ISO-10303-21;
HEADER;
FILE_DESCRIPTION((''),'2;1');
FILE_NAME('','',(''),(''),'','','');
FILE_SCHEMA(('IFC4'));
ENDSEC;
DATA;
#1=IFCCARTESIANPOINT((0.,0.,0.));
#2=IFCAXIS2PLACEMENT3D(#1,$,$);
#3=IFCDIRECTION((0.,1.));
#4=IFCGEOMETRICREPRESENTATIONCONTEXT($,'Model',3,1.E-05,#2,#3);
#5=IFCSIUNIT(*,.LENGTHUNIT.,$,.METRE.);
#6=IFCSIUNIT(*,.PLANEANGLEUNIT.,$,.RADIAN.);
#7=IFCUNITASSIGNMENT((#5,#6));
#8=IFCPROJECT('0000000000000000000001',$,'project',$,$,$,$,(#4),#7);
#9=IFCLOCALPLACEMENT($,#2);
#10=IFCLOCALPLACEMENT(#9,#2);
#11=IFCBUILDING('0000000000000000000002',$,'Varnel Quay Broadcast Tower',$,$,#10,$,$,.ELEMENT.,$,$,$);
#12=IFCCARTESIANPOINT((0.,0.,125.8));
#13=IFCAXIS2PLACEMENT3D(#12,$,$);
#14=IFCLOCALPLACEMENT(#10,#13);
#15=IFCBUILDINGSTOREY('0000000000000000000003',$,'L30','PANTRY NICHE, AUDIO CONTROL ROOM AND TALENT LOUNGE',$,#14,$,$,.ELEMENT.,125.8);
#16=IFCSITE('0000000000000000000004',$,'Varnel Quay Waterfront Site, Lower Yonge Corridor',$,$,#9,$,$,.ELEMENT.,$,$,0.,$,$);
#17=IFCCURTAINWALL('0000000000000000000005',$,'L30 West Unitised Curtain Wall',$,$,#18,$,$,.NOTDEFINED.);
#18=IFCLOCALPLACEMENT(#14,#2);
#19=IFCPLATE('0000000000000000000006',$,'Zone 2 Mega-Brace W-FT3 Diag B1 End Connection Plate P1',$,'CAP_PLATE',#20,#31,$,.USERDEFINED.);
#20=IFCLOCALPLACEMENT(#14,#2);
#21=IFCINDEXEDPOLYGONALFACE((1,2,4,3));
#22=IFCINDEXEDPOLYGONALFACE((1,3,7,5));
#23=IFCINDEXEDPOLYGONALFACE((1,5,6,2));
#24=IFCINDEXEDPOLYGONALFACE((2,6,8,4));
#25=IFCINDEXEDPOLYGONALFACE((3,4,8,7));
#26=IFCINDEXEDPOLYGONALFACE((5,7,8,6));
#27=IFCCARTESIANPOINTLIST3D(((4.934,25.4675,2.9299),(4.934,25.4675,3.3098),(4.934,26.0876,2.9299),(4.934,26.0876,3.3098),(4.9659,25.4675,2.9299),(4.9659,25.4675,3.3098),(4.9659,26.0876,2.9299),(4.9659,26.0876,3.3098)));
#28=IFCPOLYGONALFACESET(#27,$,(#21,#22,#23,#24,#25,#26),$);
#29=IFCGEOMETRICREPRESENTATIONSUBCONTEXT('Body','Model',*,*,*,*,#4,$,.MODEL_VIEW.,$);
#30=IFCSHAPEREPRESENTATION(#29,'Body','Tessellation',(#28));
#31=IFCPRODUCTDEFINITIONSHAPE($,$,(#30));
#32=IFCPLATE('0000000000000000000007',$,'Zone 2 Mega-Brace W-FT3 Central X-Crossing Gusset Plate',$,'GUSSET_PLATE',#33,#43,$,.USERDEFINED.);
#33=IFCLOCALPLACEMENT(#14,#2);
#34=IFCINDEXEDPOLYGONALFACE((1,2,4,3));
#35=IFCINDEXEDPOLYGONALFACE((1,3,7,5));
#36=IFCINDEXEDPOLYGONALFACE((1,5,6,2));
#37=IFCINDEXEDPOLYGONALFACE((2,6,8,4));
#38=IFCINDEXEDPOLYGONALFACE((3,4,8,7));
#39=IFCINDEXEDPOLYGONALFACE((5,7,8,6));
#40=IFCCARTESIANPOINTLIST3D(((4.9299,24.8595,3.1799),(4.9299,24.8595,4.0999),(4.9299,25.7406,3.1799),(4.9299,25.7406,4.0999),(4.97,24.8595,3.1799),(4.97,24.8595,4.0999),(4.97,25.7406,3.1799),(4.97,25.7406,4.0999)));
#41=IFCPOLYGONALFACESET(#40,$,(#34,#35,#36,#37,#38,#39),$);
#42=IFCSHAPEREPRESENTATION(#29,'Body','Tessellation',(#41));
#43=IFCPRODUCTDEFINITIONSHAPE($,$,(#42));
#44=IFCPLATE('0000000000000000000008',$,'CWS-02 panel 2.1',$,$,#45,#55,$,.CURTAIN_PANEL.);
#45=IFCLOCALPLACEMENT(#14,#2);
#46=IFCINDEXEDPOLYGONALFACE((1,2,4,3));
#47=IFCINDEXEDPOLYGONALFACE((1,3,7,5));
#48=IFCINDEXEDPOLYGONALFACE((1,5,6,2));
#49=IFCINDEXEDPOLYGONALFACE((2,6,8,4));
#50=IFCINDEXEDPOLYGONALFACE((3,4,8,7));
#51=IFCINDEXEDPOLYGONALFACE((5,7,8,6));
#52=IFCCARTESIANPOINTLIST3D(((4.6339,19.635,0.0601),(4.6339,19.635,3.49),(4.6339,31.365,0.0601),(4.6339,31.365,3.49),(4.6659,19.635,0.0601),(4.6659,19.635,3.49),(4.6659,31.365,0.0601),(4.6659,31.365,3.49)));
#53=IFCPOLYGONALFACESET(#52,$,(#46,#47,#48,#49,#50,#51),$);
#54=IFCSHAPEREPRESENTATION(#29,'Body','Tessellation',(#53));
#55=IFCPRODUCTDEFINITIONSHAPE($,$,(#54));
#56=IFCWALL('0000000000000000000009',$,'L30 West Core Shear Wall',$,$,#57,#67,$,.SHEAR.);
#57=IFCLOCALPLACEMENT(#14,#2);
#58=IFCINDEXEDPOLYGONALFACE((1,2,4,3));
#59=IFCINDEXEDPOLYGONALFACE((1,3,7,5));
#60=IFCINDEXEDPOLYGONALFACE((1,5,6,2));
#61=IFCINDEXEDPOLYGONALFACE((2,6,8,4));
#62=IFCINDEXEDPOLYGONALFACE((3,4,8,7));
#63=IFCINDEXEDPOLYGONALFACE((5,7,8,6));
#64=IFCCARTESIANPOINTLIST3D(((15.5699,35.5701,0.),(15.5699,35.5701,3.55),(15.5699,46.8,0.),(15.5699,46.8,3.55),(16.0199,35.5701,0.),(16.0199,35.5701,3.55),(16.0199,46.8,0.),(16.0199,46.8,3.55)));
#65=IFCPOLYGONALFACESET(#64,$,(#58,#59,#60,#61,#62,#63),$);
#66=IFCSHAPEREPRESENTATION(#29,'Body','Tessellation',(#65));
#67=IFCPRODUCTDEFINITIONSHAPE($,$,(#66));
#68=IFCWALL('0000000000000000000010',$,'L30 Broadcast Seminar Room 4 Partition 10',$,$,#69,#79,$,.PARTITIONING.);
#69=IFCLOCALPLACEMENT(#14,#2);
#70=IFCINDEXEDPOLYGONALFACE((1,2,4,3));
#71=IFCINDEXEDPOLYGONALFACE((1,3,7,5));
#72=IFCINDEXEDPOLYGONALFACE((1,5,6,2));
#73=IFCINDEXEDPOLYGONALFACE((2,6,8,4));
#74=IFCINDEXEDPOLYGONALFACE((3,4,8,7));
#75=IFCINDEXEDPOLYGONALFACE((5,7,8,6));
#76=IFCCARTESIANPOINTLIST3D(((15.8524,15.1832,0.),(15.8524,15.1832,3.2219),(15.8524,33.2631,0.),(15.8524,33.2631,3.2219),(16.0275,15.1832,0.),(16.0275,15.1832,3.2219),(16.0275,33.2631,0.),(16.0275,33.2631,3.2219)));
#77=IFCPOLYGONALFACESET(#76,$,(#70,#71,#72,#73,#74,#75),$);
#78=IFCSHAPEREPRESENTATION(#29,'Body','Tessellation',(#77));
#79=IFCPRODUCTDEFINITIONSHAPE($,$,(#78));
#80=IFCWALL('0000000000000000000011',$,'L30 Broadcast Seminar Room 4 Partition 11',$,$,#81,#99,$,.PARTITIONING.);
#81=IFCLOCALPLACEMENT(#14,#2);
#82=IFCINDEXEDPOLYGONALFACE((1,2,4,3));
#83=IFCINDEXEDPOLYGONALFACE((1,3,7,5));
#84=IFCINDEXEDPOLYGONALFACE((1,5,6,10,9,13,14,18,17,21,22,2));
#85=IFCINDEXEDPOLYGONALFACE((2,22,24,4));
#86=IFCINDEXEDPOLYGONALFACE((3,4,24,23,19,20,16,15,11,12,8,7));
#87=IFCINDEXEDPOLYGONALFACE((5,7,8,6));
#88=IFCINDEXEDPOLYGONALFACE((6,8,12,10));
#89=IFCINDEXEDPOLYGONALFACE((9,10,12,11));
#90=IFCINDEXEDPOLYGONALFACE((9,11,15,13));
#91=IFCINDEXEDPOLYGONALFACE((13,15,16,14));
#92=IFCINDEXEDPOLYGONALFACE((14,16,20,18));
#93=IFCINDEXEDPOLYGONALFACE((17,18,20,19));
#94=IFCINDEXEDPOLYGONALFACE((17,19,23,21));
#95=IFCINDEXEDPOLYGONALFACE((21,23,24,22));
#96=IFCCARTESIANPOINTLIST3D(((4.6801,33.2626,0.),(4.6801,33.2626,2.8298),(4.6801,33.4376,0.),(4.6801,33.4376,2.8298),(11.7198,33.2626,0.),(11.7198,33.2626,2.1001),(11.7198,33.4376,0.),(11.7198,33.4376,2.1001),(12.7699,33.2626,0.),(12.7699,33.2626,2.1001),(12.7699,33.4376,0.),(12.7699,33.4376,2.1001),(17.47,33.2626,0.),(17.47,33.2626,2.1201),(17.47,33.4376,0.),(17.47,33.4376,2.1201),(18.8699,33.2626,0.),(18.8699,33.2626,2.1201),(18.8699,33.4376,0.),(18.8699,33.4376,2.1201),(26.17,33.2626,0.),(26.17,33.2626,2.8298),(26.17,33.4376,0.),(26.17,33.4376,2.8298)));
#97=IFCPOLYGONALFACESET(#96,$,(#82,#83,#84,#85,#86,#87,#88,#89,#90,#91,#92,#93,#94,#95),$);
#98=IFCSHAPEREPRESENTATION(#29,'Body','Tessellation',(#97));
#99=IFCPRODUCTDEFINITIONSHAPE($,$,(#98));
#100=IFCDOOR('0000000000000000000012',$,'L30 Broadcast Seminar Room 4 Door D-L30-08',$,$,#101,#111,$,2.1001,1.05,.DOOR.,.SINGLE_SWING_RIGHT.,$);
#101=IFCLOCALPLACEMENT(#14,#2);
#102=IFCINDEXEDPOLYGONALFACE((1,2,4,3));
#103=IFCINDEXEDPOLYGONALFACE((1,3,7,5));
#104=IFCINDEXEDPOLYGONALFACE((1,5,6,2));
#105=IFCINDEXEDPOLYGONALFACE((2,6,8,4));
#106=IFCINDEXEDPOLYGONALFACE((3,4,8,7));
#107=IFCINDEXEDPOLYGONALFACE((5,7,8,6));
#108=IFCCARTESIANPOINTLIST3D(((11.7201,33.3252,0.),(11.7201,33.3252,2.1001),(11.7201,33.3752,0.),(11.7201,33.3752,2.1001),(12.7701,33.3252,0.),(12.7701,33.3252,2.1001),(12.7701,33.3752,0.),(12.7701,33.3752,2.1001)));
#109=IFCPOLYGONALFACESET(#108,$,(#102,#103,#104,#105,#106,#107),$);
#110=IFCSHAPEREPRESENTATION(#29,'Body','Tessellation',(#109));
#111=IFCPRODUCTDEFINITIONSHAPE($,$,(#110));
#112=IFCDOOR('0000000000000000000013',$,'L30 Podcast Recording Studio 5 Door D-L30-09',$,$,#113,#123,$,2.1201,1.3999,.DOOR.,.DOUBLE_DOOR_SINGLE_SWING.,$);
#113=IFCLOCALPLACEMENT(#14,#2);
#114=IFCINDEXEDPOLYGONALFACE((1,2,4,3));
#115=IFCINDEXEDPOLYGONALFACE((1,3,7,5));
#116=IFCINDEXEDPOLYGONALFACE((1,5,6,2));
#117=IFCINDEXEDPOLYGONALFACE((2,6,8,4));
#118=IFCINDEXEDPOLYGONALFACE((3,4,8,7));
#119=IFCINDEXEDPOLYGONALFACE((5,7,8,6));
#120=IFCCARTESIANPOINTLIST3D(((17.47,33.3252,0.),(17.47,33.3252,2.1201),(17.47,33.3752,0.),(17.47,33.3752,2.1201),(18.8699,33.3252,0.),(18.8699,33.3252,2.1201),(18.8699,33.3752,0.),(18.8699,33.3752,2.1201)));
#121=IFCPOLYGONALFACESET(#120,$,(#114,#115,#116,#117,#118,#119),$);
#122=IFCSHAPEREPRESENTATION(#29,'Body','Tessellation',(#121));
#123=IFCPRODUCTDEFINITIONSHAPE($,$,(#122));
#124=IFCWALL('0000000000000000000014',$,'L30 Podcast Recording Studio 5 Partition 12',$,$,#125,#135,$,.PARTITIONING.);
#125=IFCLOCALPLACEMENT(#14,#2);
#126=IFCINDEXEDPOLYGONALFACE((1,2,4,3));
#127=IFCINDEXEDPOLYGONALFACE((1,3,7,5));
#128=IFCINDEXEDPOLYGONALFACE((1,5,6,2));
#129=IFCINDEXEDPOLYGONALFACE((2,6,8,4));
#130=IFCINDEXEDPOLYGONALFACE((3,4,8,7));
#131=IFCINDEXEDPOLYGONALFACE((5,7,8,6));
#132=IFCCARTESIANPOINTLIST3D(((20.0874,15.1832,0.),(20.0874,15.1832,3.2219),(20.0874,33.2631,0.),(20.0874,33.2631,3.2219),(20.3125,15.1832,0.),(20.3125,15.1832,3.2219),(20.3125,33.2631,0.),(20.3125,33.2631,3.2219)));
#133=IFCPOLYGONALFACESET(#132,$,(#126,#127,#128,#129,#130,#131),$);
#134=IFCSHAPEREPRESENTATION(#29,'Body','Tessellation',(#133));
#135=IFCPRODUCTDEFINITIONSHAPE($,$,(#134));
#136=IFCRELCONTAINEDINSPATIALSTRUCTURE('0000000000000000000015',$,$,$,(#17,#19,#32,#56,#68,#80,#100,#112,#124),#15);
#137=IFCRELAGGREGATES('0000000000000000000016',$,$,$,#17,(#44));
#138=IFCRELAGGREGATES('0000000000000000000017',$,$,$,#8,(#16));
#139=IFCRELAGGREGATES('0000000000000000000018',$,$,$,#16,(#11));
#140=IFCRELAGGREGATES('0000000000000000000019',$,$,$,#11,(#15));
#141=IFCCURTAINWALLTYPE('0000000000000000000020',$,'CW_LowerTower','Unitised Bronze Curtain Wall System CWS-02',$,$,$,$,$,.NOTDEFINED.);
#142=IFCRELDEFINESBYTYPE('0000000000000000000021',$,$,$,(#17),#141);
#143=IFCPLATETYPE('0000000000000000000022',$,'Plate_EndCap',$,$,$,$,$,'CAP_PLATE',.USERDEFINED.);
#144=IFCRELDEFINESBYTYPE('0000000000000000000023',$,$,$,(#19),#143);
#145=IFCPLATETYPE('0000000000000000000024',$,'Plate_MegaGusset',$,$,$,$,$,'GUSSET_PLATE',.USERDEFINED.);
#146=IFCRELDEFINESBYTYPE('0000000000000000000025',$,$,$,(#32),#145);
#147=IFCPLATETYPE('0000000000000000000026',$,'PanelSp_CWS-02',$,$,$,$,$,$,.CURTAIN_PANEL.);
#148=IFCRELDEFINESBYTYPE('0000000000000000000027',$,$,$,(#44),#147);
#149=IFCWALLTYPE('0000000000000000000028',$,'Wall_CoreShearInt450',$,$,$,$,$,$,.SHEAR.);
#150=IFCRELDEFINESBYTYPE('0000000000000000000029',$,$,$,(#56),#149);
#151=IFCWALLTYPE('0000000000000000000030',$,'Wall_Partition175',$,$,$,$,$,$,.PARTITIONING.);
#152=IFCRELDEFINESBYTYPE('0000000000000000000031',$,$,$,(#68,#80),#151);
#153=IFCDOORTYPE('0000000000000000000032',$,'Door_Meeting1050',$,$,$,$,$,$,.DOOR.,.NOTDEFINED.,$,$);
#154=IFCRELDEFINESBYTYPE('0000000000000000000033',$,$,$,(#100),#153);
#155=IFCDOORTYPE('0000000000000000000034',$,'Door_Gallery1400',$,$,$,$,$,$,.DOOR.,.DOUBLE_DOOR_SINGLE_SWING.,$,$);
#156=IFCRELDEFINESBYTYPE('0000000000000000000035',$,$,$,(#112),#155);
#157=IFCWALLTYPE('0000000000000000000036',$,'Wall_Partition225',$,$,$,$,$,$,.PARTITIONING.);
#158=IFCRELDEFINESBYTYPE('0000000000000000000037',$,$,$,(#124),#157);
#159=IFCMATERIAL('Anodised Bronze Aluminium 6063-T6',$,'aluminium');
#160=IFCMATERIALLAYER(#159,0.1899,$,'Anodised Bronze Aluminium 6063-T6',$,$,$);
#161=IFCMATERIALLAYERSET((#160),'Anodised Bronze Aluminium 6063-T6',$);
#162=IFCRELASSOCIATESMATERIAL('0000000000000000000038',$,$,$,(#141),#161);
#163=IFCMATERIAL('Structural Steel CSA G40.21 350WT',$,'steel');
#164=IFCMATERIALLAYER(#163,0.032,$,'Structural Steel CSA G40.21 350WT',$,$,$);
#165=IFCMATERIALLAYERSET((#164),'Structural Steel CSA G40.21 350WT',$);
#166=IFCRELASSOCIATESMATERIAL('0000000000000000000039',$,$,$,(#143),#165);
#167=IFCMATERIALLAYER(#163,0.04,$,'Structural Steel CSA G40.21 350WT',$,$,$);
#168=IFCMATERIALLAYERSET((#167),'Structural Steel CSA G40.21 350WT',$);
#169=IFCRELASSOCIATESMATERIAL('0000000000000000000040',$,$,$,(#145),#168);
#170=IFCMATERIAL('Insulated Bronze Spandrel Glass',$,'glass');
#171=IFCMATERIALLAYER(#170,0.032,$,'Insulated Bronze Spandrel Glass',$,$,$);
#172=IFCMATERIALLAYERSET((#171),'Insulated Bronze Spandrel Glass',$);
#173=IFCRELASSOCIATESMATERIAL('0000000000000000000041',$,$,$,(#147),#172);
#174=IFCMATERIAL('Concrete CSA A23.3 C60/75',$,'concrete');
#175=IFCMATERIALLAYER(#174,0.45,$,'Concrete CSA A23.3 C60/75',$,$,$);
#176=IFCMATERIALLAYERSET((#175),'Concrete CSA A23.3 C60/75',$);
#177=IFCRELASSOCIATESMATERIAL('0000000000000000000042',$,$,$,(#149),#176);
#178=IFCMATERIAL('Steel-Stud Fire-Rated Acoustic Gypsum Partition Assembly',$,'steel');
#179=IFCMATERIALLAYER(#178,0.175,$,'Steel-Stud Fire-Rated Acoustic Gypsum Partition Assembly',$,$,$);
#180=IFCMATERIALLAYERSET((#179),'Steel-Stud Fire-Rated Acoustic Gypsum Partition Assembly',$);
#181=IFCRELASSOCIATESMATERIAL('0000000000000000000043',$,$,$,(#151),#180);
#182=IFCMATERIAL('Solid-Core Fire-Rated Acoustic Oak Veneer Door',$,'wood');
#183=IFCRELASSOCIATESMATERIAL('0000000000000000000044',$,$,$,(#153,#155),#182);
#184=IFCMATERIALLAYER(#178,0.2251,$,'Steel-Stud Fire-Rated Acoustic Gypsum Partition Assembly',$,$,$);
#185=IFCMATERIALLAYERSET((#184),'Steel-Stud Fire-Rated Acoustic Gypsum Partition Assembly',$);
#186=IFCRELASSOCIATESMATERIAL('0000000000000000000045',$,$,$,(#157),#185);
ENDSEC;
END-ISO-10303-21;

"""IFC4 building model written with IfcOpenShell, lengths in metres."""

from ifc_helpers import new_model, si_unit, direction, frame, frame_2d, origin, origin_2d, place, context, subcontext, project, spatial, rectangle, extrude, source, transform, mapped, material, layer, layer_set, type_object, type_shapes, element, fill, aggregate, save


model = new_model("IFC4")

# Units and contexts
model_context = context("Model", 3, precision=1e-05, world=origin(), true_north=direction((0.0, 1.0)))
body_context = subcontext(model_context, "Body", "Model", "MODEL_VIEW")
ifc_project = project(units=[si_unit("LENGTHUNIT", "METRE"), si_unit("PLANEANGLEUNIT", "RADIAN")], contexts=[model_context])

# Site, building, storey
site_placement = place(None, origin())
site = spatial("IfcSite", under=ifc_project, at=site_placement, Name="Varnel Quay Waterfront Site, Lower Yonge Corridor", CompositionType="ELEMENT", RefElevation=0.0)
building_placement = place(site_placement, origin())
building = spatial("IfcBuilding", under=site, at=building_placement, Name="Varnel Quay Broadcast Tower", CompositionType="ELEMENT")
storey_placement = place(building_placement, frame((0.0, 0.0, 125.8)))
storey = spatial("IfcBuildingStorey", under=building, at=storey_placement, Name="L30", Description="PANTRY NICHE, AUDIO CONTROL ROOM AND TALENT LOUNGE", CompositionType="ELEMENT", Elevation=125.8)

# Shared definitions
ifc_material_1 = material(Name="Structural Steel CSA G40.21 350WT", Category="steel")

# Shared definitions
ifc_material_2 = material(Name="Concrete CSA A23.3 C60/75", Category="concrete")

# Curtain wall
ifc_material_3 = material(Name="Anodised Bronze Aluminium 6063-T6", Category="aluminium")
ifc_layer_1 = layer(ifc_material_3, 0.1899, Name="Anodised Bronze Aluminium 6063-T6")
ifc_layer_set_1 = layer_set([ifc_layer_1], Name="Anodised Bronze Aluminium 6063-T6")
curtain_wall_type = type_object("IfcCurtainWallType", Name="CW_LowerTower", Description="Unitised Bronze Curtain Wall System CWS-02", PredefinedType="NOTDEFINED", material=ifc_layer_set_1)
curtain_wall_placement = place(storey_placement, origin())
curtain_wall = element("IfcCurtainWall", 1, at=curtain_wall_placement, inside=storey, type_object=curtain_wall_type, Name="L30 West Unitised Curtain Wall", PredefinedType="NOTDEFINED")

# Plates
ifc_layer_2 = layer(ifc_material_1, 0.032, Name="Structural Steel CSA G40.21 350WT")
ifc_layer_set_2 = layer_set([ifc_layer_2], Name="Structural Steel CSA G40.21 350WT")
plate_type_1 = type_object("IfcPlateType", Name="Plate_EndCap", ElementType="CAP_PLATE", PredefinedType="USERDEFINED", material=ifc_layer_set_2)
shared_shape_1 = source(origin(), body_context, "Body", "SweptSolid", [
    extrude(rectangle(XDim=0.6201, YDim=0.032, at=origin_2d()), origin(), (0.0, 0.0, 1.0), 0.3799),
])
type_shapes(plate_type_1, [shared_shape_1])
plate_1_placement = place(storey_placement, frame((4.95, 25.7776, 2.9299), z_axis=(0.0, 0.0, 1.0), x_axis=(0.0, 1.0, 0.0)))
element("IfcPlate", 2, at=plate_1_placement, inside=storey, type_object=plate_type_1, Name="Zone 2 Mega-Brace W-FT3 Diag B1 End Connection Plate P1", ObjectType="CAP_PLATE", PredefinedType="USERDEFINED", context=body_context, shape_type="MappedRepresentation", body=[
    mapped(shared_shape_1, transform((0.0, 0.0, 0.0), x_axis=(1.0, 0.0, 0.0), y_axis=(0.0, 1.0, 0.0), z_axis=(0.0, 0.0, 1.0), scale=1.0)),
])
ifc_layer_3 = layer(ifc_material_1, 0.04, Name="Structural Steel CSA G40.21 350WT")
ifc_layer_set_3 = layer_set([ifc_layer_3], Name="Structural Steel CSA G40.21 350WT")
plate_type_2 = type_object("IfcPlateType", Name="Plate_MegaGusset", ElementType="GUSSET_PLATE", PredefinedType="USERDEFINED", material=ifc_layer_set_3)
shared_shape_2 = source(origin(), body_context, "Body", "SweptSolid", [
    extrude(rectangle(XDim=0.8811, YDim=0.04, at=origin_2d()), origin(), (0.0, 0.0, 1.0), 0.9199),
])
type_shapes(plate_type_2, [shared_shape_2])
plate_2_placement = place(storey_placement, frame((4.95, 25.3, 3.1799), z_axis=(0.0, 0.0, 1.0), x_axis=(0.0, 1.0, 0.0)))
element("IfcPlate", 3, at=plate_2_placement, inside=storey, type_object=plate_type_2, Name="Zone 2 Mega-Brace W-FT3 Central X-Crossing Gusset Plate", ObjectType="GUSSET_PLATE", PredefinedType="USERDEFINED", context=body_context, shape_type="MappedRepresentation", body=[
    mapped(shared_shape_2, transform((0.0, 0.0, 0.0), x_axis=(1.0, 0.0, 0.0), y_axis=(0.0, 1.0, 0.0), z_axis=(0.0, 0.0, 1.0), scale=1.0)),
])

# Plate
ifc_material_4 = material(Name="Insulated Bronze Spandrel Glass", Category="glass")
ifc_layer_4 = layer(ifc_material_4, 0.032, Name="Insulated Bronze Spandrel Glass")
ifc_layer_set_4 = layer_set([ifc_layer_4], Name="Insulated Bronze Spandrel Glass")
plate_type_3 = type_object("IfcPlateType", Name="PanelSp_CWS-02", PredefinedType="CURTAIN_PANEL", material=ifc_layer_set_4)
shared_shape_3 = source(origin(), body_context, "Body", "SweptSolid", [
    extrude(rectangle(XDim=11.73, YDim=0.032, at=origin_2d()), origin(), (0.0, 0.0, 1.0), 3.4299),
])
type_shapes(plate_type_3, [shared_shape_3])
plate_3_placement = place(storey_placement, frame((4.6499, 25.5, 0.0601), z_axis=(0.0, 0.0, 1.0), x_axis=(0.0, 1.0, 0.0)))
plate_3 = element("IfcPlate", 4, at=plate_3_placement, type_object=plate_type_3, Name="CWS-02 panel 2.1", PredefinedType="CURTAIN_PANEL", context=body_context, shape_type="MappedRepresentation", body=[
    mapped(shared_shape_3, transform((0.0, 0.0, 0.0), x_axis=(1.0, 0.0, 0.0), y_axis=(0.0, 1.0, 0.0), z_axis=(0.0, 0.0, 1.0), scale=1.0)),
])
aggregate(curtain_wall, [plate_3])

# Walls
ifc_layer_5 = layer(ifc_material_2, 0.45, Name="Concrete CSA A23.3 C60/75")
ifc_layer_set_5 = layer_set([ifc_layer_5], Name="Concrete CSA A23.3 C60/75")
wall_type_1 = type_object("IfcWallType", Name="Wall_CoreShearInt450", PredefinedType="SHEAR", material=ifc_layer_set_5)
wall_1_placement = place(storey_placement, frame((15.7949, 35.5701, 0.0), z_axis=(0.0, 0.0, 1.0), x_axis=(0.0, 1.0, 0.0)))
element("IfcWall", 5, at=wall_1_placement, inside=storey, type_object=wall_type_1, Name="L30 West Core Shear Wall", PredefinedType="SHEAR", context=body_context, shape_type="SweptSolid", body=[
    extrude(rectangle(XDim=11.23, YDim=0.45, at=frame_2d((5.615, 0.0))), origin(), (0.0, 0.0, 1.0), 3.55),
])
ifc_material_5 = material(Name="Steel-Stud Fire-Rated Acoustic Gypsum Partition Assembly", Category="steel")
ifc_layer_6 = layer(ifc_material_5, 0.175, Name="Steel-Stud Fire-Rated Acoustic Gypsum Partition Assembly")
ifc_layer_set_6 = layer_set([ifc_layer_6], Name="Steel-Stud Fire-Rated Acoustic Gypsum Partition Assembly")
wall_type_2 = type_object("IfcWallType", Name="Wall_Partition175", PredefinedType="PARTITIONING", material=ifc_layer_set_6)
wall_2_placement = place(storey_placement, frame((15.9399, 15.1831, 0.0), z_axis=(0.0, 0.0, 1.0), x_axis=(0.0, 1.0, 0.0)))
element("IfcWall", 6, at=wall_2_placement, inside=storey, type_object=wall_type_2, Name="L30 Broadcast Seminar Room 4 Partition 10", PredefinedType="PARTITIONING", context=body_context, shape_type="SweptSolid", body=[
    extrude(rectangle(XDim=18.0798, YDim=0.175, at=frame_2d((9.04, 0.0))), origin(), (0.0, 0.0, 1.0), 3.2219),
])

# Wall, openings, doors
wall_3_placement = place(storey_placement, frame((4.6799, 33.3501, 0.0), z_axis=(0.0, 0.0, 1.0), x_axis=(1.0, 0.0, 0.0)))
wall_3 = element("IfcWall", 7, at=wall_3_placement, inside=storey, type_object=wall_type_2, Name="L30 Broadcast Seminar Room 4 Partition 11", PredefinedType="PARTITIONING", context=body_context, shape_type="SweptSolid", body=[
    extrude(rectangle(XDim=21.49, YDim=0.175, at=frame_2d((10.7451, 0.0))), origin(), (0.0, 0.0, 1.0), 2.8298),
])
opening_1_placement = place(wall_3_placement, frame((7.04, 0.0, 0.0)))
opening_1 = element("IfcOpeningElement", 8, at=opening_1_placement, cuts=wall_3, PredefinedType="OPENING", context=body_context, shape_type="SweptSolid", body=[
    extrude(rectangle(XDim=1.05, YDim=2.1001, at=frame_2d((0.5249, 1.05))), frame((0.0, 0.0977, 0.0), z_axis=(0.0, -1.0, 0.0), x_axis=(1.0, 0.0, 0.0)), (0.0, 0.0, 1.0), 0.1951),
])
opening_2_placement = place(wall_3_placement, frame((12.79, 0.0, 0.0)))
opening_2 = element("IfcOpeningElement", 9, at=opening_2_placement, cuts=wall_3, PredefinedType="OPENING", context=body_context, shape_type="SweptSolid", body=[
    extrude(rectangle(XDim=1.3999, YDim=2.1201, at=frame_2d((0.7, 1.0601))), frame((0.0, 0.0977, 0.0), z_axis=(0.0, -1.0, 0.0), x_axis=(1.0, 0.0, 0.0)), (0.0, 0.0, 1.0), 0.1951),
])
ifc_material_6 = material(Name="Solid-Core Fire-Rated Acoustic Oak Veneer Door", Category="wood")
door_type_1 = type_object("IfcDoorType", Name="Door_Meeting1050", OperationType="NOTDEFINED", PredefinedType="DOOR", material=ifc_material_6)
shared_shape_4 = source(origin(), body_context, "Body", "SweptSolid", [
    extrude(rectangle(XDim=1.05, YDim=2.1001, at=frame_2d((0.5249, 1.05))), frame((0.0, 0.0249, 0.0), z_axis=(0.0, -1.0, 0.0), x_axis=(1.0, 0.0, 0.0)), (0.0, 0.0, 1.0), 0.05),
])
type_shapes(door_type_1, [shared_shape_4])
door_1_placement = place(opening_1_placement, frame((1.05, 0.0, 0.0), z_axis=(0.0, 0.0, 1.0), x_axis=(-1.0, 0.0, 0.0)))
door_1 = element("IfcDoor", 10, at=door_1_placement, inside=storey, type_object=door_type_1, Name="L30 Broadcast Seminar Room 4 Door D-L30-08", OperationType="SINGLE_SWING_RIGHT", OverallHeight=2.1001, OverallWidth=1.05, PredefinedType="DOOR", context=body_context, shape_type="MappedRepresentation", body=[
    mapped(shared_shape_4, transform((0.0, 0.0, 0.0), x_axis=(1.0, 0.0, 0.0), y_axis=(0.0, 1.0, 0.0), z_axis=(0.0, 0.0, 1.0), scale=1.0)),
])
fill(opening_1, door_1)
door_type_2 = type_object("IfcDoorType", Name="Door_Gallery1400", OperationType="DOUBLE_DOOR_SINGLE_SWING", PredefinedType="DOOR", material=ifc_material_6)
shared_shape_5 = source(origin(), body_context, "Body", "SweptSolid", [
    extrude(rectangle(XDim=1.3999, YDim=2.1201, at=frame_2d((0.7, 1.0601))), frame((0.0, 0.0249, 0.0), z_axis=(0.0, -1.0, 0.0), x_axis=(1.0, 0.0, 0.0)), (0.0, 0.0, 1.0), 0.05),
])
type_shapes(door_type_2, [shared_shape_5])
door_2_placement = place(opening_2_placement, frame((1.3999, 0.0, 0.0), z_axis=(0.0, 0.0, 1.0), x_axis=(-1.0, 0.0, 0.0)))
door_2 = element("IfcDoor", 11, at=door_2_placement, inside=storey, type_object=door_type_2, Name="L30 Podcast Recording Studio 5 Door D-L30-09", OperationType="DOUBLE_DOOR_SINGLE_SWING", OverallHeight=2.1201, OverallWidth=1.3999, PredefinedType="DOOR", context=body_context, shape_type="MappedRepresentation", body=[
    mapped(shared_shape_5, transform((0.0, 0.0, 0.0), x_axis=(1.0, 0.0, 0.0), y_axis=(0.0, 1.0, 0.0), z_axis=(0.0, 0.0, 1.0), scale=1.0)),
])
fill(opening_2, door_2)

# Wall
ifc_layer_7 = layer(ifc_material_5, 0.2251, Name="Steel-Stud Fire-Rated Acoustic Gypsum Partition Assembly")
ifc_layer_set_7 = layer_set([ifc_layer_7], Name="Steel-Stud Fire-Rated Acoustic Gypsum Partition Assembly")
wall_type_3 = type_object("IfcWallType", Name="Wall_Partition225", PredefinedType="PARTITIONING", material=ifc_layer_set_7)
wall_4_placement = place(storey_placement, frame((20.2, 15.1831, 0.0), z_axis=(0.0, 0.0, 1.0), x_axis=(0.0, 1.0, 0.0)))
element("IfcWall", 12, at=wall_4_placement, inside=storey, type_object=wall_type_3, Name="L30 Podcast Recording Studio 5 Partition 12", PredefinedType="PARTITIONING", context=body_context, shape_type="SweptSolid", body=[
    extrude(rectangle(XDim=18.0798, YDim=0.2251, at=frame_2d((9.04, 0.0))), origin(), (0.0, 0.0, 1.0), 3.2219),
])

save(model, "model.ifc")
